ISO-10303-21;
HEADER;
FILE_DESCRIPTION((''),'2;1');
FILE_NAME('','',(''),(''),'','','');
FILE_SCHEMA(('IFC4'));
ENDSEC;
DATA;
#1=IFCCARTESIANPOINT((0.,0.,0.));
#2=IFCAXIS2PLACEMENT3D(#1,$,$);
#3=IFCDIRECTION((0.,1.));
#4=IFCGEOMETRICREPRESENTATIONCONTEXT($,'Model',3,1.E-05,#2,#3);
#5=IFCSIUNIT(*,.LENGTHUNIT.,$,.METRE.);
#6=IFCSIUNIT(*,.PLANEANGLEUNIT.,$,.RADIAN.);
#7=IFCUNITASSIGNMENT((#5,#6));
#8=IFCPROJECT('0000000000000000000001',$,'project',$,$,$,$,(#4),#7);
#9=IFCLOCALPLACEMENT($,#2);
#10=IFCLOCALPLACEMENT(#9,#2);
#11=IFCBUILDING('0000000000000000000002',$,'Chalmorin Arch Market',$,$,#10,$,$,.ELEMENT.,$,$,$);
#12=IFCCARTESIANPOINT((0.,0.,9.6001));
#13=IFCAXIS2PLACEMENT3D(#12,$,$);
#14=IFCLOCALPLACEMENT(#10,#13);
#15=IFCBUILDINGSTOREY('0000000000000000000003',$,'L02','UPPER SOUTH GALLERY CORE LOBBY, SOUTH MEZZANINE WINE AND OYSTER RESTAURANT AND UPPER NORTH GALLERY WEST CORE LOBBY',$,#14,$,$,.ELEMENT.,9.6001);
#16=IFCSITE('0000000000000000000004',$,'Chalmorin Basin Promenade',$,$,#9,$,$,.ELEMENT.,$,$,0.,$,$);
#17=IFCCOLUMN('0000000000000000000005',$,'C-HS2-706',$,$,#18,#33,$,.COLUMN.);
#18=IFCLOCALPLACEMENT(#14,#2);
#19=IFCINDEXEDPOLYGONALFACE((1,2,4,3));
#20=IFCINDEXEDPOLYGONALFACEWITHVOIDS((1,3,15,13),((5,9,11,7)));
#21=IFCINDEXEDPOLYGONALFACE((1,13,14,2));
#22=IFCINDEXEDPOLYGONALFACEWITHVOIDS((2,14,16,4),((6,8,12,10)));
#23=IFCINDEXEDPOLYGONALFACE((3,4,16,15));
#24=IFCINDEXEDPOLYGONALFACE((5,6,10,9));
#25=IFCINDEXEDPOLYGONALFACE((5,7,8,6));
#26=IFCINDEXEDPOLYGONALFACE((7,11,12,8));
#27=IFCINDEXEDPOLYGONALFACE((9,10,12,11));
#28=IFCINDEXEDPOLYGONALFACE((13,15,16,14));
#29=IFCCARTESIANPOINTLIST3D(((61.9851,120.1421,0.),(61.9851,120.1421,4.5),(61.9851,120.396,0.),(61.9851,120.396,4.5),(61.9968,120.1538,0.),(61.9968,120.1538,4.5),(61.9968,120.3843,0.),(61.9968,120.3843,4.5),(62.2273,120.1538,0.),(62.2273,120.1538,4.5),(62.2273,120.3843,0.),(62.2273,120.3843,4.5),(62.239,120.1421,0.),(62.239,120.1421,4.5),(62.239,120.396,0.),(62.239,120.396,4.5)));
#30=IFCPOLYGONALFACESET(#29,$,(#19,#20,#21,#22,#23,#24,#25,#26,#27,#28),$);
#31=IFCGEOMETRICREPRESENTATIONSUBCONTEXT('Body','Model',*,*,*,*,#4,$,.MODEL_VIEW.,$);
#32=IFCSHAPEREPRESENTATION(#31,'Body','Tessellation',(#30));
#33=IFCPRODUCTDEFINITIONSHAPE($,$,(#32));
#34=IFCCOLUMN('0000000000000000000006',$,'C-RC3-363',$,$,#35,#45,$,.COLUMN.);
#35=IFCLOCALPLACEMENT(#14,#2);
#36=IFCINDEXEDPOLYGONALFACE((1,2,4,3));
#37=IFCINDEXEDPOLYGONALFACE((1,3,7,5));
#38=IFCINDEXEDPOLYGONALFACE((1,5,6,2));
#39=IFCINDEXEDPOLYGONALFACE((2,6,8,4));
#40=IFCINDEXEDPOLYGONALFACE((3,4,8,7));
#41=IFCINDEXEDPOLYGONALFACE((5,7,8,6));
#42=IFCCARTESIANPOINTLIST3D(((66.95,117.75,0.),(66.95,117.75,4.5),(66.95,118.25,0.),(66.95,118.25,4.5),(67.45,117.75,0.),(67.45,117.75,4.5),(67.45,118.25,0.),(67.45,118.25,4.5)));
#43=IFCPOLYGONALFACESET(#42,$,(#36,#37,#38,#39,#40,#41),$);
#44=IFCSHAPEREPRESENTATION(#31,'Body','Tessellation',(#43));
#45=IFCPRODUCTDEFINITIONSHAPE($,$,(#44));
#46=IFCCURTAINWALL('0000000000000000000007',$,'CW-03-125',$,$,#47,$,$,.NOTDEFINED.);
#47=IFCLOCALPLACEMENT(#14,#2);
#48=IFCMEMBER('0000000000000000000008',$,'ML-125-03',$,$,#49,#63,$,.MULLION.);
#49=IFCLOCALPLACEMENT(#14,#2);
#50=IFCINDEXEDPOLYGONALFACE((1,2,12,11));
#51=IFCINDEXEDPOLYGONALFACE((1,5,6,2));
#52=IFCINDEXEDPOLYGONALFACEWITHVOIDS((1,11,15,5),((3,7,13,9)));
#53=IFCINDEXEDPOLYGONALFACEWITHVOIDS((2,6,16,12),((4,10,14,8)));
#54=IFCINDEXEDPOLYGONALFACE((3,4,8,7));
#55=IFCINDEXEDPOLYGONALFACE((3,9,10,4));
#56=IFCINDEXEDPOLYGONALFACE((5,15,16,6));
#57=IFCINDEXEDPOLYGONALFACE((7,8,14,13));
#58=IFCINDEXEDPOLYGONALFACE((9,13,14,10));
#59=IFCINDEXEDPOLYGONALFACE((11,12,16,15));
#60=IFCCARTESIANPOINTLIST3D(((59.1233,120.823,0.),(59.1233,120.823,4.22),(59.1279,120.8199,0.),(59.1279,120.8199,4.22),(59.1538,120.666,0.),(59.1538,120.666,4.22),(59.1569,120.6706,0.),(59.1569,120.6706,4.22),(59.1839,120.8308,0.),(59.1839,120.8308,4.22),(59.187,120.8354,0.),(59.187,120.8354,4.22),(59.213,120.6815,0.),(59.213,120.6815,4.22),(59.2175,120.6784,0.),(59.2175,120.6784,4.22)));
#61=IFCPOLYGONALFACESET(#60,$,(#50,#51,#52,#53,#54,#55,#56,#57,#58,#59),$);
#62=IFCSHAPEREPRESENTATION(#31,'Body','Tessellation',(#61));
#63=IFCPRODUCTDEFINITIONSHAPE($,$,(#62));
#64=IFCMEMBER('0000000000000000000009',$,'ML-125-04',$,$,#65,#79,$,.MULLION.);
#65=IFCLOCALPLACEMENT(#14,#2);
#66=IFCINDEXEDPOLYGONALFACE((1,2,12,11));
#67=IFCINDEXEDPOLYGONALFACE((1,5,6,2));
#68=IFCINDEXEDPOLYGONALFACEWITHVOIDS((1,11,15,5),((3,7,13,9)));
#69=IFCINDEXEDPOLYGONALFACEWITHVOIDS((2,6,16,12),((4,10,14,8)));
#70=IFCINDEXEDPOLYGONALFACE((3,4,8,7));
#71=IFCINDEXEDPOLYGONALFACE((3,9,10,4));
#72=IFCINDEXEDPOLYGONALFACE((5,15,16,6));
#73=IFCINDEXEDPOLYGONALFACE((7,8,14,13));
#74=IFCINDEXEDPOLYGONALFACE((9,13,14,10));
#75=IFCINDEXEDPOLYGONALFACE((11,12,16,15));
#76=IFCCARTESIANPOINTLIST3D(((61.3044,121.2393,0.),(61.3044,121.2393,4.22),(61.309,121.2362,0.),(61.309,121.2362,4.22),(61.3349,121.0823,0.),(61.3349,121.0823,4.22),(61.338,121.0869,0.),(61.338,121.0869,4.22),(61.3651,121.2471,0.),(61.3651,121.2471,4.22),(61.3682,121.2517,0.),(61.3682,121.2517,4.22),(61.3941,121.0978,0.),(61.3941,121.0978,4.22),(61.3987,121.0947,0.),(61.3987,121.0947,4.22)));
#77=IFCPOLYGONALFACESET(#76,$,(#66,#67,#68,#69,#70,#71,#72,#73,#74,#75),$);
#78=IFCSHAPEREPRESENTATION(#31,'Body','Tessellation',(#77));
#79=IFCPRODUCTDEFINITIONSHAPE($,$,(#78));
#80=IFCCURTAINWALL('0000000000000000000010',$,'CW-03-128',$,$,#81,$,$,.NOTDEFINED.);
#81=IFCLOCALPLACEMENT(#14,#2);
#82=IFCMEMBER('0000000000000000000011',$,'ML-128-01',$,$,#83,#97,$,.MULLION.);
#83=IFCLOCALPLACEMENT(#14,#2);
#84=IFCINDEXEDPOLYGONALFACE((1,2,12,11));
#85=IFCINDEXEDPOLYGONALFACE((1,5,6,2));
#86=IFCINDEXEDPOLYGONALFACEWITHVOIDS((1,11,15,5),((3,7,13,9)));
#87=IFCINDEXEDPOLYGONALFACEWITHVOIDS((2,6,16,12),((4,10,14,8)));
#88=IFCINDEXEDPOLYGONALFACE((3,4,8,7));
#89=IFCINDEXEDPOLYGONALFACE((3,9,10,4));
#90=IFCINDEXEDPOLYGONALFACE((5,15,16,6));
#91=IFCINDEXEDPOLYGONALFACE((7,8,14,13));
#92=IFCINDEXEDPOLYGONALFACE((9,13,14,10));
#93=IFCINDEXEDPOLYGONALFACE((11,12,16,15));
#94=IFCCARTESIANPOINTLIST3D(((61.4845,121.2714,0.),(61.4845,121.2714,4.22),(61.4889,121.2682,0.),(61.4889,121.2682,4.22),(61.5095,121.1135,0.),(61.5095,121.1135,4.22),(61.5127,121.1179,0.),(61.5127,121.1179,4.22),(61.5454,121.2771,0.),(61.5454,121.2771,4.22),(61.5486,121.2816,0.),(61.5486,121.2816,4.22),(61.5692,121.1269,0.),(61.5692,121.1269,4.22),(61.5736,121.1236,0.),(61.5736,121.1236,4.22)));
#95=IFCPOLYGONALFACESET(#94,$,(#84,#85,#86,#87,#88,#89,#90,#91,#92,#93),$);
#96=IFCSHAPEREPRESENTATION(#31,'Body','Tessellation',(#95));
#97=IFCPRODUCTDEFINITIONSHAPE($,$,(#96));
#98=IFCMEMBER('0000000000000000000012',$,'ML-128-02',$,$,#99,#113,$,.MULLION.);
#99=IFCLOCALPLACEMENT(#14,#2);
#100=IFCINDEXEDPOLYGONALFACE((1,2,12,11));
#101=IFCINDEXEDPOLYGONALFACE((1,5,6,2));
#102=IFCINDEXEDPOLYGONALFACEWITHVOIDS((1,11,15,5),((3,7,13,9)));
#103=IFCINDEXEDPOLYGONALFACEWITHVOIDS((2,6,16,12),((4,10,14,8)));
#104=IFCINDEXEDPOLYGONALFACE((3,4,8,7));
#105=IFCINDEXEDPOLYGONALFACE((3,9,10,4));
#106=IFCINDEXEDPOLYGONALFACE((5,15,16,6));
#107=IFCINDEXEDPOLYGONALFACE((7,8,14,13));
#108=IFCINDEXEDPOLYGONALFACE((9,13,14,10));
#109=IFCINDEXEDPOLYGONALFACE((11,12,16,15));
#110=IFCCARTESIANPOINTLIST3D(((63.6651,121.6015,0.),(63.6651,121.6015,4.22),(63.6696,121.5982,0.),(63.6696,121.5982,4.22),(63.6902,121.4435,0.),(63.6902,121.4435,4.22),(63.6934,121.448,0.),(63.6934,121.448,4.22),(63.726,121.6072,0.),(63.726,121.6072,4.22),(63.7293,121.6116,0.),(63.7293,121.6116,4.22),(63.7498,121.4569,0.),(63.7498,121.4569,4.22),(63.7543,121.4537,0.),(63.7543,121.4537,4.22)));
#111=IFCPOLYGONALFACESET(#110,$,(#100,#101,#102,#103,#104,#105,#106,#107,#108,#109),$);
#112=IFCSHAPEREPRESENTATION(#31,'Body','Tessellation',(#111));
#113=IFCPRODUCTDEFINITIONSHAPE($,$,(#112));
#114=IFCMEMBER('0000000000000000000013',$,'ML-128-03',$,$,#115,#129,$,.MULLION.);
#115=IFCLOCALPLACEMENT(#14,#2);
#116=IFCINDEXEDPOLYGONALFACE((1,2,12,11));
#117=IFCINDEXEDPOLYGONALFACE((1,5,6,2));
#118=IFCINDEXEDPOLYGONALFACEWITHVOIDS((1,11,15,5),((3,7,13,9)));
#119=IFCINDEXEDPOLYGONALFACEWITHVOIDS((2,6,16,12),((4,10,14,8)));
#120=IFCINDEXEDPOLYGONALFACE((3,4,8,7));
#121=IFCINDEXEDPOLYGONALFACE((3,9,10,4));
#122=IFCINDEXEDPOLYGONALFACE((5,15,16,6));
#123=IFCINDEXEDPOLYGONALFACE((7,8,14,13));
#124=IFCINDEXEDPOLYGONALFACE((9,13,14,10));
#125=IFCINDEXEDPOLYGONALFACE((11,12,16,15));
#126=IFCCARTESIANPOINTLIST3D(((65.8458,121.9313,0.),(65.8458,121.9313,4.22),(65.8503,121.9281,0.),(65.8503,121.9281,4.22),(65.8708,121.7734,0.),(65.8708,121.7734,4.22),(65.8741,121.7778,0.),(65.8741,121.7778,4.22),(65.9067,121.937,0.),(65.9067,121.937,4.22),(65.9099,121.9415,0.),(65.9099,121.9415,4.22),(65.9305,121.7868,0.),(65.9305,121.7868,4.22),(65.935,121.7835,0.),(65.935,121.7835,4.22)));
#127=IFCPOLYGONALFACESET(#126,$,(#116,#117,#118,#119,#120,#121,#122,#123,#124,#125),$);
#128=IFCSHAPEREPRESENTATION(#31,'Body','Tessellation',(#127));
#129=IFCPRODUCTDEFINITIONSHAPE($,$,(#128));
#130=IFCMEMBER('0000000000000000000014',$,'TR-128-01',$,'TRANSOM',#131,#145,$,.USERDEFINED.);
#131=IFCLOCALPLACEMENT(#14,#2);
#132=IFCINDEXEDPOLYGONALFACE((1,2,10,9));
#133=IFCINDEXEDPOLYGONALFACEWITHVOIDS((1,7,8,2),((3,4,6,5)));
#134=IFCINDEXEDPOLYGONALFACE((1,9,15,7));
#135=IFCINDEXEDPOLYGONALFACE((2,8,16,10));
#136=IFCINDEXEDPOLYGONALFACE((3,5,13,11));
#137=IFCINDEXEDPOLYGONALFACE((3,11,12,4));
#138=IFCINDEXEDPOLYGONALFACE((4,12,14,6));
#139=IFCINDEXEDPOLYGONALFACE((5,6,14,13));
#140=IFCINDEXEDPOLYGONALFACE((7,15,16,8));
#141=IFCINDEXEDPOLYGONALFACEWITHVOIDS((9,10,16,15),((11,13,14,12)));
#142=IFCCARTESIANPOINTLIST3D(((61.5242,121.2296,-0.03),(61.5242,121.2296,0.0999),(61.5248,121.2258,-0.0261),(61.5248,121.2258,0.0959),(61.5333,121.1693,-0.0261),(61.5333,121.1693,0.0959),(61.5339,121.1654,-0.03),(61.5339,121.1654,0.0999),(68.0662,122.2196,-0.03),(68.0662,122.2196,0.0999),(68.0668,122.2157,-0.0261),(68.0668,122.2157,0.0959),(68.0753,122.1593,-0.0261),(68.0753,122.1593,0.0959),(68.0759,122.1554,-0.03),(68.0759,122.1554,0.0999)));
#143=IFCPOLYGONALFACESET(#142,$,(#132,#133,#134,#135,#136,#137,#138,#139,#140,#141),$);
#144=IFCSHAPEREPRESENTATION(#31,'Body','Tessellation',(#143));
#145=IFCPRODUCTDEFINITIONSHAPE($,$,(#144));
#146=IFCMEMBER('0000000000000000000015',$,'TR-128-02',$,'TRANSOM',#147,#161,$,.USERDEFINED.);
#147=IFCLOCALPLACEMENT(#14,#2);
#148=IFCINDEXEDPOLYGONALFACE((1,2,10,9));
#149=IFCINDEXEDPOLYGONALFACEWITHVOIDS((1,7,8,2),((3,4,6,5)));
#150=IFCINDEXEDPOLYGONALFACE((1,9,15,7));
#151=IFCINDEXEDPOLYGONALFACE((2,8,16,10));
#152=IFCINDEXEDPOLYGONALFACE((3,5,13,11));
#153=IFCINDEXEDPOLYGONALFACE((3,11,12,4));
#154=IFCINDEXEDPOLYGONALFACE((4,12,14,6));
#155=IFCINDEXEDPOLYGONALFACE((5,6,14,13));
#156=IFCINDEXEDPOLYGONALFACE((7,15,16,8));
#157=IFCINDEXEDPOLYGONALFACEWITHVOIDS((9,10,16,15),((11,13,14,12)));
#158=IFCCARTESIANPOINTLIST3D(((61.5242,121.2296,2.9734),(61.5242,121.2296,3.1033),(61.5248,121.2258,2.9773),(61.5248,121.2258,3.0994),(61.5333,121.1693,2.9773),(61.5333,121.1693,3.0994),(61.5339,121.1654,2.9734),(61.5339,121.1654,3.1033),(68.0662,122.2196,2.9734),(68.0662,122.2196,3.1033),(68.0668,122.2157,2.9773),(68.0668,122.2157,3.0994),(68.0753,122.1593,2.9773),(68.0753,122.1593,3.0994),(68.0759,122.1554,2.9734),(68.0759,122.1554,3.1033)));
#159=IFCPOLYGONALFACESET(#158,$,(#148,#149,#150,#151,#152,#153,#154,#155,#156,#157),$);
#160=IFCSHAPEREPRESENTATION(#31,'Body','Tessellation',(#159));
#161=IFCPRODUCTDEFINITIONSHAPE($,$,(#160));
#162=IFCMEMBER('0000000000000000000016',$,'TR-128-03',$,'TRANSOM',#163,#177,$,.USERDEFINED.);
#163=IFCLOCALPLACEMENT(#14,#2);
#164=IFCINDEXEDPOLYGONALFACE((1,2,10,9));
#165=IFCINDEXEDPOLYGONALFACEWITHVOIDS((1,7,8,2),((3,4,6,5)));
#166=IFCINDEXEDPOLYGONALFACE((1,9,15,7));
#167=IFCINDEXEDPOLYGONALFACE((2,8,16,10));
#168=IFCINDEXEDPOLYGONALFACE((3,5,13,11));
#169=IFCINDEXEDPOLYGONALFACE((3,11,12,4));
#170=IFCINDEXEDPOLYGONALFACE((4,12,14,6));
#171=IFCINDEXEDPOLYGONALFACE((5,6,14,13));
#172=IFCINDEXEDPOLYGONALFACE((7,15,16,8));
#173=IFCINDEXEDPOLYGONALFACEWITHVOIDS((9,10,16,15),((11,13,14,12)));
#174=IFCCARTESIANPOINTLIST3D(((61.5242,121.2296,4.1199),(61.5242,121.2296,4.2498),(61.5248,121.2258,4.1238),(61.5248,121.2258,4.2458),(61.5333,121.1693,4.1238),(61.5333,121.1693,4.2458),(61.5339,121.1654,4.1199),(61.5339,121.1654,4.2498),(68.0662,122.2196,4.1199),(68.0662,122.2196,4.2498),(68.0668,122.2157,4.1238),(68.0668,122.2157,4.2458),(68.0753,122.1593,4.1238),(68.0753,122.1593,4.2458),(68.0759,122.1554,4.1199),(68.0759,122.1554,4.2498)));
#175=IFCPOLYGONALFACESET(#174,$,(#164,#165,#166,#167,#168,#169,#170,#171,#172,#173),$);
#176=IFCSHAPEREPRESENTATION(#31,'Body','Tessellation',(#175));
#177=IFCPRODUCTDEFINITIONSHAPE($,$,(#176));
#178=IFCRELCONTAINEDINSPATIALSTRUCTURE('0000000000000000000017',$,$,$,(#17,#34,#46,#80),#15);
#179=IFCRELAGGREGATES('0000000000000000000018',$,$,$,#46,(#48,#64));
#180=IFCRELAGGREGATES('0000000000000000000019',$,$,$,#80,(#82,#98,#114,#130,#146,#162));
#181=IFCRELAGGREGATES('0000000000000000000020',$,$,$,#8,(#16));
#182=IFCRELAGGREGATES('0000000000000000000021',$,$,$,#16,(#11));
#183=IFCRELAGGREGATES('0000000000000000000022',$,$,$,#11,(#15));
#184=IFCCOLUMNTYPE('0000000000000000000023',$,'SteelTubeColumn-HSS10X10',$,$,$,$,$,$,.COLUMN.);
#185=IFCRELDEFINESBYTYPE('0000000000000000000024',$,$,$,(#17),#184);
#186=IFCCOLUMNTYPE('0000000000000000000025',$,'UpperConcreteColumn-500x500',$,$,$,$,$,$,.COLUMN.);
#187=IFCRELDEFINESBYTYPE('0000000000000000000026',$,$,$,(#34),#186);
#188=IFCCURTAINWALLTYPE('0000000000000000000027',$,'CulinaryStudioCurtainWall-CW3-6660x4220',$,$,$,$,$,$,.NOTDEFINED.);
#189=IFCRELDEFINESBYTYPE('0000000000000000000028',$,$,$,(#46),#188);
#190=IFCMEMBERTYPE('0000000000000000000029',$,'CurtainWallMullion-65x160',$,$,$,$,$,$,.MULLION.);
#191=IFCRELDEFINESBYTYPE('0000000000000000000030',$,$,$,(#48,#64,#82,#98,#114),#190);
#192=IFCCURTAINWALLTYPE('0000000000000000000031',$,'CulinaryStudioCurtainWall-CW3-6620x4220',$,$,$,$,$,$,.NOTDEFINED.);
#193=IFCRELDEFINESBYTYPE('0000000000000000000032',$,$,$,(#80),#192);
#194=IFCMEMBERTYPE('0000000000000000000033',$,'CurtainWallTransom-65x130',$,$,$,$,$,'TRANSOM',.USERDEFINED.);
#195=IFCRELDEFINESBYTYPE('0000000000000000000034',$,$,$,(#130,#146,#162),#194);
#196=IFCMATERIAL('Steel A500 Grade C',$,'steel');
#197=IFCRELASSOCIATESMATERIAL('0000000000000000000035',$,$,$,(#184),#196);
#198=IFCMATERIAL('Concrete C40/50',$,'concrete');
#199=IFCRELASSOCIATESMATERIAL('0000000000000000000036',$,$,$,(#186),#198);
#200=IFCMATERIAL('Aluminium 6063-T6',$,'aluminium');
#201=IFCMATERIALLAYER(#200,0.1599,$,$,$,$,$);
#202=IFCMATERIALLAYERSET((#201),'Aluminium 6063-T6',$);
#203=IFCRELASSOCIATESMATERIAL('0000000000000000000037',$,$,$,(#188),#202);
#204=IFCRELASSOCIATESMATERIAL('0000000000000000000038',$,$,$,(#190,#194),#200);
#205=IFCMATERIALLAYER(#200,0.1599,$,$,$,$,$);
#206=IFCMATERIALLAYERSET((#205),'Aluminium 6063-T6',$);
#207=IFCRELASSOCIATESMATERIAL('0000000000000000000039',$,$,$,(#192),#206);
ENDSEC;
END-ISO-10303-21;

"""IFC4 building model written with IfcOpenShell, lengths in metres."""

from ifc_helpers import new_model, si_unit, direction, frame, origin, origin_2d, place, context, subcontext, project, spatial, rectangle, hollow_rectangle, extrude, material, layer, layer_set, material_profile, profile_set, type_object, element, aggregate, save


model = new_model("IFC4")

# Units and contexts
model_context = context("Model", 3, precision=1e-05, world=origin(), true_north=direction((0.0, 1.0)))
body_context = subcontext(model_context, "Body", "Model", "MODEL_VIEW")
ifc_project = project(units=[si_unit("LENGTHUNIT", "METRE"), si_unit("PLANEANGLEUNIT", "RADIAN")], contexts=[model_context])

# Site, building, storey
site_placement = place(None, origin())
site = spatial("IfcSite", under=ifc_project, at=site_placement, Name="Chalmorin Basin Promenade", CompositionType="ELEMENT", RefElevation=0.0)
building_placement = place(site_placement, origin())
building = spatial("IfcBuilding", under=site, at=building_placement, Name="Chalmorin Arch Market", CompositionType="ELEMENT")
storey_placement = place(building_placement, frame((0.0, 0.0, 9.6001)))
storey = spatial("IfcBuildingStorey", under=building, at=storey_placement, Name="L02", Description="UPPER SOUTH GALLERY CORE LOBBY, SOUTH MEZZANINE WINE AND OYSTER RESTAURANT AND UPPER NORTH GALLERY WEST CORE LOBBY", CompositionType="ELEMENT", Elevation=9.6001)

# Columns
ifc_material_1 = material(Name="Steel A500 Grade C", Category="steel")
ifc_material_profile_1 = material_profile(ifc_material_1, hollow_rectangle(XDim=0.2539, YDim=0.2539, WallThickness=0.0117, at=origin_2d()), Name="HSS10X10X1/2")
ifc_profile_set_1 = profile_set([ifc_material_profile_1], Name="Steel A500 Grade C")
column_type_1 = type_object("IfcColumnType", Name="SteelTubeColumn-HSS10X10", PredefinedType="COLUMN", material=ifc_profile_set_1)
column_1_placement = place(storey_placement, frame((62.1121, 120.269, 0.0), z_axis=(0.0, 0.0, 1.0), x_axis=(1.0, 0.0, 0.0)))
element("IfcColumn", 1, at=column_1_placement, inside=storey, type_object=column_type_1, Name="C-HS2-706", PredefinedType="COLUMN", context=body_context, shape_type="SweptSolid", body=[
    extrude(hollow_rectangle(XDim=0.2539, YDim=0.2539, WallThickness=0.0117, at=origin_2d()), origin(), (0.0, 0.0, 1.0), 4.5),
])
ifc_material_2 = material(Name="Concrete C40/50", Category="concrete")
ifc_material_profile_2 = material_profile(ifc_material_2, rectangle(XDim=0.5, YDim=0.5, at=origin_2d()), Name="RC500X500")
ifc_profile_set_2 = profile_set([ifc_material_profile_2], Name="Concrete C40/50")
column_type_2 = type_object("IfcColumnType", Name="UpperConcreteColumn-500x500", PredefinedType="COLUMN", material=ifc_profile_set_2)
column_2_placement = place(storey_placement, frame((67.2, 118.0, 0.0), z_axis=(0.0, 0.0, 1.0), x_axis=(1.0, 0.0, 0.0)))
element("IfcColumn", 2, at=column_2_placement, inside=storey, type_object=column_type_2, Name="C-RC3-363", PredefinedType="COLUMN", context=body_context, shape_type="SweptSolid", body=[
    extrude(rectangle(XDim=0.5, YDim=0.5, at=origin_2d()), origin(), (0.0, 0.0, 1.0), 4.5),
])

# Curtain walls, members
ifc_material_3 = material(Name="Aluminium 6063-T6", Category="aluminium")
ifc_layer_1 = layer(ifc_material_3, 0.1599)
ifc_layer_set_1 = layer_set([ifc_layer_1], Name="Aluminium 6063-T6")
curtain_wall_type_1 = type_object("IfcCurtainWallType", Name="CulinaryStudioCurtainWall-CW3-6660x4220", PredefinedType="NOTDEFINED", material=ifc_layer_set_1)
curtain_wall_1_placement = place(storey_placement, origin())
curtain_wall_1 = element("IfcCurtainWall", 3, at=curtain_wall_1_placement, inside=storey, type_object=curtain_wall_type_1, Name="CW-03-125", PredefinedType="NOTDEFINED")
ifc_material_profile_3 = material_profile(ifc_material_3, hollow_rectangle(XDim=0.0649, YDim=0.1599, WallThickness=0.0039, at=origin_2d()), Name="ALU65X160X4")
ifc_profile_set_3 = profile_set([ifc_material_profile_3], Name="Aluminium 6063-T6")
member_type_1 = type_object("IfcMemberType", Name="CurtainWallMullion-65x160", PredefinedType="MULLION", material=ifc_profile_set_3)
member_1_placement = place(storey_placement, frame((59.1704, 120.7507, 0.0), z_axis=(0.0, 0.0, 1.0), x_axis=(0.981627, 0.190809, 0.0)))
member_1 = element("IfcMember", 4, at=member_1_placement, type_object=member_type_1, Name="ML-125-03", PredefinedType="MULLION", context=body_context, shape_type="SweptSolid", body=[
    extrude(hollow_rectangle(XDim=0.0649, YDim=0.1599, WallThickness=0.0039, at=origin_2d()), origin(), (0.0, 0.0, 1.0), 4.22),
])
member_2_placement = place(storey_placement, frame((61.3516, 121.167, 0.0), z_axis=(0.0, 0.0, 1.0), x_axis=(0.981627, 0.190809, 0.0)))
member_2 = element("IfcMember", 5, at=member_2_placement, type_object=member_type_1, Name="ML-125-04", PredefinedType="MULLION", context=body_context, shape_type="SweptSolid", body=[
    extrude(hollow_rectangle(XDim=0.0649, YDim=0.1599, WallThickness=0.0039, at=origin_2d()), origin(), (0.0, 0.0, 1.0), 4.22),
])
ifc_layer_2 = layer(ifc_material_3, 0.1599)
ifc_layer_set_2 = layer_set([ifc_layer_2], Name="Aluminium 6063-T6")
curtain_wall_type_2 = type_object("IfcCurtainWallType", Name="CulinaryStudioCurtainWall-CW3-6620x4220", PredefinedType="NOTDEFINED", material=ifc_layer_set_2)
curtain_wall_2_placement = place(storey_placement, origin())
curtain_wall_2 = element("IfcCurtainWall", 6, at=curtain_wall_2_placement, inside=storey, type_object=curtain_wall_type_2, Name="CW-03-128", PredefinedType="NOTDEFINED")
member_3_placement = place(storey_placement, frame((61.5291, 121.1975, 0.0), z_axis=(0.0, 0.0, 1.0), x_axis=(0.987688, 0.156434, 0.0)))
member_3 = element("IfcMember", 7, at=member_3_placement, type_object=member_type_1, Name="ML-128-01", PredefinedType="MULLION", context=body_context, shape_type="SweptSolid", body=[
    extrude(hollow_rectangle(XDim=0.0649, YDim=0.1599, WallThickness=0.0039, at=origin_2d()), origin(), (0.0, 0.0, 1.0), 4.22),
])
member_4_placement = place(storey_placement, frame((63.7097, 121.5276, 0.0), z_axis=(0.0, 0.0, 1.0), x_axis=(0.987688, 0.156434, 0.0)))
member_4 = element("IfcMember", 8, at=member_4_placement, type_object=member_type_1, Name="ML-128-02", PredefinedType="MULLION", context=body_context, shape_type="SweptSolid", body=[
    extrude(hollow_rectangle(XDim=0.0649, YDim=0.1599, WallThickness=0.0039, at=origin_2d()), origin(), (0.0, 0.0, 1.0), 4.22),
])
member_5_placement = place(storey_placement, frame((65.8904, 121.8574, 0.0), z_axis=(0.0, 0.0, 1.0), x_axis=(0.987688, 0.156434, 0.0)))
member_5 = element("IfcMember", 9, at=member_5_placement, type_object=member_type_1, Name="ML-128-03", PredefinedType="MULLION", context=body_context, shape_type="SweptSolid", body=[
    extrude(hollow_rectangle(XDim=0.0649, YDim=0.1599, WallThickness=0.0039, at=origin_2d()), origin(), (0.0, 0.0, 1.0), 4.22),
])
ifc_material_profile_4 = material_profile(ifc_material_3, hollow_rectangle(XDim=0.0649, YDim=0.1299, WallThickness=0.0039, at=origin_2d()), Name="ALU65X130X4")
ifc_profile_set_4 = profile_set([ifc_material_profile_4], Name="Aluminium 6063-T6")
member_type_2 = type_object("IfcMemberType", Name="CurtainWallTransom-65x130", ElementType="TRANSOM", PredefinedType="USERDEFINED", material=ifc_profile_set_4)
member_6_placement = place(storey_placement, frame((61.5291, 121.1975, 0.0349), z_axis=(0.988743, 0.149625, 0.0), x_axis=(-0.149625, 0.988743, 0.0)))
member_6 = element("IfcMember", 10, at=member_6_placement, type_object=member_type_2, Name="TR-128-01", ObjectType="TRANSOM", PredefinedType="USERDEFINED", context=body_context, shape_type="SweptSolid", body=[
    extrude(hollow_rectangle(XDim=0.0649, YDim=0.1299, WallThickness=0.0039, at=origin_2d()), origin(), (0.0, 0.0, 1.0), 6.6165),
])
member_7_placement = place(storey_placement, frame((61.5291, 121.1975, 3.0383), z_axis=(0.988743, 0.149625, 0.0), x_axis=(-0.149625, 0.988743, 0.0)))
member_7 = element("IfcMember", 11, at=member_7_placement, type_object=member_type_2, Name="TR-128-02", ObjectType="TRANSOM", PredefinedType="USERDEFINED", context=body_context, shape_type="SweptSolid", body=[
    extrude(hollow_rectangle(XDim=0.0649, YDim=0.1299, WallThickness=0.0039, at=origin_2d()), origin(), (0.0, 0.0, 1.0), 6.6165),
])
member_8_placement = place(storey_placement, frame((61.5291, 121.1975, 4.1848), z_axis=(0.988743, 0.149625, 0.0), x_axis=(-0.149625, 0.988743, 0.0)))
member_8 = element("IfcMember", 12, at=member_8_placement, type_object=member_type_2, Name="TR-128-03", ObjectType="TRANSOM", PredefinedType="USERDEFINED", context=body_context, shape_type="SweptSolid", body=[
    extrude(hollow_rectangle(XDim=0.0649, YDim=0.1299, WallThickness=0.0039, at=origin_2d()), origin(), (0.0, 0.0, 1.0), 6.6165),
])

aggregate(curtain_wall_1, [member_1, member_2])
aggregate(curtain_wall_2, [member_3, member_4, member_5, member_6, member_7, member_8])

save(model, "model.ifc")
